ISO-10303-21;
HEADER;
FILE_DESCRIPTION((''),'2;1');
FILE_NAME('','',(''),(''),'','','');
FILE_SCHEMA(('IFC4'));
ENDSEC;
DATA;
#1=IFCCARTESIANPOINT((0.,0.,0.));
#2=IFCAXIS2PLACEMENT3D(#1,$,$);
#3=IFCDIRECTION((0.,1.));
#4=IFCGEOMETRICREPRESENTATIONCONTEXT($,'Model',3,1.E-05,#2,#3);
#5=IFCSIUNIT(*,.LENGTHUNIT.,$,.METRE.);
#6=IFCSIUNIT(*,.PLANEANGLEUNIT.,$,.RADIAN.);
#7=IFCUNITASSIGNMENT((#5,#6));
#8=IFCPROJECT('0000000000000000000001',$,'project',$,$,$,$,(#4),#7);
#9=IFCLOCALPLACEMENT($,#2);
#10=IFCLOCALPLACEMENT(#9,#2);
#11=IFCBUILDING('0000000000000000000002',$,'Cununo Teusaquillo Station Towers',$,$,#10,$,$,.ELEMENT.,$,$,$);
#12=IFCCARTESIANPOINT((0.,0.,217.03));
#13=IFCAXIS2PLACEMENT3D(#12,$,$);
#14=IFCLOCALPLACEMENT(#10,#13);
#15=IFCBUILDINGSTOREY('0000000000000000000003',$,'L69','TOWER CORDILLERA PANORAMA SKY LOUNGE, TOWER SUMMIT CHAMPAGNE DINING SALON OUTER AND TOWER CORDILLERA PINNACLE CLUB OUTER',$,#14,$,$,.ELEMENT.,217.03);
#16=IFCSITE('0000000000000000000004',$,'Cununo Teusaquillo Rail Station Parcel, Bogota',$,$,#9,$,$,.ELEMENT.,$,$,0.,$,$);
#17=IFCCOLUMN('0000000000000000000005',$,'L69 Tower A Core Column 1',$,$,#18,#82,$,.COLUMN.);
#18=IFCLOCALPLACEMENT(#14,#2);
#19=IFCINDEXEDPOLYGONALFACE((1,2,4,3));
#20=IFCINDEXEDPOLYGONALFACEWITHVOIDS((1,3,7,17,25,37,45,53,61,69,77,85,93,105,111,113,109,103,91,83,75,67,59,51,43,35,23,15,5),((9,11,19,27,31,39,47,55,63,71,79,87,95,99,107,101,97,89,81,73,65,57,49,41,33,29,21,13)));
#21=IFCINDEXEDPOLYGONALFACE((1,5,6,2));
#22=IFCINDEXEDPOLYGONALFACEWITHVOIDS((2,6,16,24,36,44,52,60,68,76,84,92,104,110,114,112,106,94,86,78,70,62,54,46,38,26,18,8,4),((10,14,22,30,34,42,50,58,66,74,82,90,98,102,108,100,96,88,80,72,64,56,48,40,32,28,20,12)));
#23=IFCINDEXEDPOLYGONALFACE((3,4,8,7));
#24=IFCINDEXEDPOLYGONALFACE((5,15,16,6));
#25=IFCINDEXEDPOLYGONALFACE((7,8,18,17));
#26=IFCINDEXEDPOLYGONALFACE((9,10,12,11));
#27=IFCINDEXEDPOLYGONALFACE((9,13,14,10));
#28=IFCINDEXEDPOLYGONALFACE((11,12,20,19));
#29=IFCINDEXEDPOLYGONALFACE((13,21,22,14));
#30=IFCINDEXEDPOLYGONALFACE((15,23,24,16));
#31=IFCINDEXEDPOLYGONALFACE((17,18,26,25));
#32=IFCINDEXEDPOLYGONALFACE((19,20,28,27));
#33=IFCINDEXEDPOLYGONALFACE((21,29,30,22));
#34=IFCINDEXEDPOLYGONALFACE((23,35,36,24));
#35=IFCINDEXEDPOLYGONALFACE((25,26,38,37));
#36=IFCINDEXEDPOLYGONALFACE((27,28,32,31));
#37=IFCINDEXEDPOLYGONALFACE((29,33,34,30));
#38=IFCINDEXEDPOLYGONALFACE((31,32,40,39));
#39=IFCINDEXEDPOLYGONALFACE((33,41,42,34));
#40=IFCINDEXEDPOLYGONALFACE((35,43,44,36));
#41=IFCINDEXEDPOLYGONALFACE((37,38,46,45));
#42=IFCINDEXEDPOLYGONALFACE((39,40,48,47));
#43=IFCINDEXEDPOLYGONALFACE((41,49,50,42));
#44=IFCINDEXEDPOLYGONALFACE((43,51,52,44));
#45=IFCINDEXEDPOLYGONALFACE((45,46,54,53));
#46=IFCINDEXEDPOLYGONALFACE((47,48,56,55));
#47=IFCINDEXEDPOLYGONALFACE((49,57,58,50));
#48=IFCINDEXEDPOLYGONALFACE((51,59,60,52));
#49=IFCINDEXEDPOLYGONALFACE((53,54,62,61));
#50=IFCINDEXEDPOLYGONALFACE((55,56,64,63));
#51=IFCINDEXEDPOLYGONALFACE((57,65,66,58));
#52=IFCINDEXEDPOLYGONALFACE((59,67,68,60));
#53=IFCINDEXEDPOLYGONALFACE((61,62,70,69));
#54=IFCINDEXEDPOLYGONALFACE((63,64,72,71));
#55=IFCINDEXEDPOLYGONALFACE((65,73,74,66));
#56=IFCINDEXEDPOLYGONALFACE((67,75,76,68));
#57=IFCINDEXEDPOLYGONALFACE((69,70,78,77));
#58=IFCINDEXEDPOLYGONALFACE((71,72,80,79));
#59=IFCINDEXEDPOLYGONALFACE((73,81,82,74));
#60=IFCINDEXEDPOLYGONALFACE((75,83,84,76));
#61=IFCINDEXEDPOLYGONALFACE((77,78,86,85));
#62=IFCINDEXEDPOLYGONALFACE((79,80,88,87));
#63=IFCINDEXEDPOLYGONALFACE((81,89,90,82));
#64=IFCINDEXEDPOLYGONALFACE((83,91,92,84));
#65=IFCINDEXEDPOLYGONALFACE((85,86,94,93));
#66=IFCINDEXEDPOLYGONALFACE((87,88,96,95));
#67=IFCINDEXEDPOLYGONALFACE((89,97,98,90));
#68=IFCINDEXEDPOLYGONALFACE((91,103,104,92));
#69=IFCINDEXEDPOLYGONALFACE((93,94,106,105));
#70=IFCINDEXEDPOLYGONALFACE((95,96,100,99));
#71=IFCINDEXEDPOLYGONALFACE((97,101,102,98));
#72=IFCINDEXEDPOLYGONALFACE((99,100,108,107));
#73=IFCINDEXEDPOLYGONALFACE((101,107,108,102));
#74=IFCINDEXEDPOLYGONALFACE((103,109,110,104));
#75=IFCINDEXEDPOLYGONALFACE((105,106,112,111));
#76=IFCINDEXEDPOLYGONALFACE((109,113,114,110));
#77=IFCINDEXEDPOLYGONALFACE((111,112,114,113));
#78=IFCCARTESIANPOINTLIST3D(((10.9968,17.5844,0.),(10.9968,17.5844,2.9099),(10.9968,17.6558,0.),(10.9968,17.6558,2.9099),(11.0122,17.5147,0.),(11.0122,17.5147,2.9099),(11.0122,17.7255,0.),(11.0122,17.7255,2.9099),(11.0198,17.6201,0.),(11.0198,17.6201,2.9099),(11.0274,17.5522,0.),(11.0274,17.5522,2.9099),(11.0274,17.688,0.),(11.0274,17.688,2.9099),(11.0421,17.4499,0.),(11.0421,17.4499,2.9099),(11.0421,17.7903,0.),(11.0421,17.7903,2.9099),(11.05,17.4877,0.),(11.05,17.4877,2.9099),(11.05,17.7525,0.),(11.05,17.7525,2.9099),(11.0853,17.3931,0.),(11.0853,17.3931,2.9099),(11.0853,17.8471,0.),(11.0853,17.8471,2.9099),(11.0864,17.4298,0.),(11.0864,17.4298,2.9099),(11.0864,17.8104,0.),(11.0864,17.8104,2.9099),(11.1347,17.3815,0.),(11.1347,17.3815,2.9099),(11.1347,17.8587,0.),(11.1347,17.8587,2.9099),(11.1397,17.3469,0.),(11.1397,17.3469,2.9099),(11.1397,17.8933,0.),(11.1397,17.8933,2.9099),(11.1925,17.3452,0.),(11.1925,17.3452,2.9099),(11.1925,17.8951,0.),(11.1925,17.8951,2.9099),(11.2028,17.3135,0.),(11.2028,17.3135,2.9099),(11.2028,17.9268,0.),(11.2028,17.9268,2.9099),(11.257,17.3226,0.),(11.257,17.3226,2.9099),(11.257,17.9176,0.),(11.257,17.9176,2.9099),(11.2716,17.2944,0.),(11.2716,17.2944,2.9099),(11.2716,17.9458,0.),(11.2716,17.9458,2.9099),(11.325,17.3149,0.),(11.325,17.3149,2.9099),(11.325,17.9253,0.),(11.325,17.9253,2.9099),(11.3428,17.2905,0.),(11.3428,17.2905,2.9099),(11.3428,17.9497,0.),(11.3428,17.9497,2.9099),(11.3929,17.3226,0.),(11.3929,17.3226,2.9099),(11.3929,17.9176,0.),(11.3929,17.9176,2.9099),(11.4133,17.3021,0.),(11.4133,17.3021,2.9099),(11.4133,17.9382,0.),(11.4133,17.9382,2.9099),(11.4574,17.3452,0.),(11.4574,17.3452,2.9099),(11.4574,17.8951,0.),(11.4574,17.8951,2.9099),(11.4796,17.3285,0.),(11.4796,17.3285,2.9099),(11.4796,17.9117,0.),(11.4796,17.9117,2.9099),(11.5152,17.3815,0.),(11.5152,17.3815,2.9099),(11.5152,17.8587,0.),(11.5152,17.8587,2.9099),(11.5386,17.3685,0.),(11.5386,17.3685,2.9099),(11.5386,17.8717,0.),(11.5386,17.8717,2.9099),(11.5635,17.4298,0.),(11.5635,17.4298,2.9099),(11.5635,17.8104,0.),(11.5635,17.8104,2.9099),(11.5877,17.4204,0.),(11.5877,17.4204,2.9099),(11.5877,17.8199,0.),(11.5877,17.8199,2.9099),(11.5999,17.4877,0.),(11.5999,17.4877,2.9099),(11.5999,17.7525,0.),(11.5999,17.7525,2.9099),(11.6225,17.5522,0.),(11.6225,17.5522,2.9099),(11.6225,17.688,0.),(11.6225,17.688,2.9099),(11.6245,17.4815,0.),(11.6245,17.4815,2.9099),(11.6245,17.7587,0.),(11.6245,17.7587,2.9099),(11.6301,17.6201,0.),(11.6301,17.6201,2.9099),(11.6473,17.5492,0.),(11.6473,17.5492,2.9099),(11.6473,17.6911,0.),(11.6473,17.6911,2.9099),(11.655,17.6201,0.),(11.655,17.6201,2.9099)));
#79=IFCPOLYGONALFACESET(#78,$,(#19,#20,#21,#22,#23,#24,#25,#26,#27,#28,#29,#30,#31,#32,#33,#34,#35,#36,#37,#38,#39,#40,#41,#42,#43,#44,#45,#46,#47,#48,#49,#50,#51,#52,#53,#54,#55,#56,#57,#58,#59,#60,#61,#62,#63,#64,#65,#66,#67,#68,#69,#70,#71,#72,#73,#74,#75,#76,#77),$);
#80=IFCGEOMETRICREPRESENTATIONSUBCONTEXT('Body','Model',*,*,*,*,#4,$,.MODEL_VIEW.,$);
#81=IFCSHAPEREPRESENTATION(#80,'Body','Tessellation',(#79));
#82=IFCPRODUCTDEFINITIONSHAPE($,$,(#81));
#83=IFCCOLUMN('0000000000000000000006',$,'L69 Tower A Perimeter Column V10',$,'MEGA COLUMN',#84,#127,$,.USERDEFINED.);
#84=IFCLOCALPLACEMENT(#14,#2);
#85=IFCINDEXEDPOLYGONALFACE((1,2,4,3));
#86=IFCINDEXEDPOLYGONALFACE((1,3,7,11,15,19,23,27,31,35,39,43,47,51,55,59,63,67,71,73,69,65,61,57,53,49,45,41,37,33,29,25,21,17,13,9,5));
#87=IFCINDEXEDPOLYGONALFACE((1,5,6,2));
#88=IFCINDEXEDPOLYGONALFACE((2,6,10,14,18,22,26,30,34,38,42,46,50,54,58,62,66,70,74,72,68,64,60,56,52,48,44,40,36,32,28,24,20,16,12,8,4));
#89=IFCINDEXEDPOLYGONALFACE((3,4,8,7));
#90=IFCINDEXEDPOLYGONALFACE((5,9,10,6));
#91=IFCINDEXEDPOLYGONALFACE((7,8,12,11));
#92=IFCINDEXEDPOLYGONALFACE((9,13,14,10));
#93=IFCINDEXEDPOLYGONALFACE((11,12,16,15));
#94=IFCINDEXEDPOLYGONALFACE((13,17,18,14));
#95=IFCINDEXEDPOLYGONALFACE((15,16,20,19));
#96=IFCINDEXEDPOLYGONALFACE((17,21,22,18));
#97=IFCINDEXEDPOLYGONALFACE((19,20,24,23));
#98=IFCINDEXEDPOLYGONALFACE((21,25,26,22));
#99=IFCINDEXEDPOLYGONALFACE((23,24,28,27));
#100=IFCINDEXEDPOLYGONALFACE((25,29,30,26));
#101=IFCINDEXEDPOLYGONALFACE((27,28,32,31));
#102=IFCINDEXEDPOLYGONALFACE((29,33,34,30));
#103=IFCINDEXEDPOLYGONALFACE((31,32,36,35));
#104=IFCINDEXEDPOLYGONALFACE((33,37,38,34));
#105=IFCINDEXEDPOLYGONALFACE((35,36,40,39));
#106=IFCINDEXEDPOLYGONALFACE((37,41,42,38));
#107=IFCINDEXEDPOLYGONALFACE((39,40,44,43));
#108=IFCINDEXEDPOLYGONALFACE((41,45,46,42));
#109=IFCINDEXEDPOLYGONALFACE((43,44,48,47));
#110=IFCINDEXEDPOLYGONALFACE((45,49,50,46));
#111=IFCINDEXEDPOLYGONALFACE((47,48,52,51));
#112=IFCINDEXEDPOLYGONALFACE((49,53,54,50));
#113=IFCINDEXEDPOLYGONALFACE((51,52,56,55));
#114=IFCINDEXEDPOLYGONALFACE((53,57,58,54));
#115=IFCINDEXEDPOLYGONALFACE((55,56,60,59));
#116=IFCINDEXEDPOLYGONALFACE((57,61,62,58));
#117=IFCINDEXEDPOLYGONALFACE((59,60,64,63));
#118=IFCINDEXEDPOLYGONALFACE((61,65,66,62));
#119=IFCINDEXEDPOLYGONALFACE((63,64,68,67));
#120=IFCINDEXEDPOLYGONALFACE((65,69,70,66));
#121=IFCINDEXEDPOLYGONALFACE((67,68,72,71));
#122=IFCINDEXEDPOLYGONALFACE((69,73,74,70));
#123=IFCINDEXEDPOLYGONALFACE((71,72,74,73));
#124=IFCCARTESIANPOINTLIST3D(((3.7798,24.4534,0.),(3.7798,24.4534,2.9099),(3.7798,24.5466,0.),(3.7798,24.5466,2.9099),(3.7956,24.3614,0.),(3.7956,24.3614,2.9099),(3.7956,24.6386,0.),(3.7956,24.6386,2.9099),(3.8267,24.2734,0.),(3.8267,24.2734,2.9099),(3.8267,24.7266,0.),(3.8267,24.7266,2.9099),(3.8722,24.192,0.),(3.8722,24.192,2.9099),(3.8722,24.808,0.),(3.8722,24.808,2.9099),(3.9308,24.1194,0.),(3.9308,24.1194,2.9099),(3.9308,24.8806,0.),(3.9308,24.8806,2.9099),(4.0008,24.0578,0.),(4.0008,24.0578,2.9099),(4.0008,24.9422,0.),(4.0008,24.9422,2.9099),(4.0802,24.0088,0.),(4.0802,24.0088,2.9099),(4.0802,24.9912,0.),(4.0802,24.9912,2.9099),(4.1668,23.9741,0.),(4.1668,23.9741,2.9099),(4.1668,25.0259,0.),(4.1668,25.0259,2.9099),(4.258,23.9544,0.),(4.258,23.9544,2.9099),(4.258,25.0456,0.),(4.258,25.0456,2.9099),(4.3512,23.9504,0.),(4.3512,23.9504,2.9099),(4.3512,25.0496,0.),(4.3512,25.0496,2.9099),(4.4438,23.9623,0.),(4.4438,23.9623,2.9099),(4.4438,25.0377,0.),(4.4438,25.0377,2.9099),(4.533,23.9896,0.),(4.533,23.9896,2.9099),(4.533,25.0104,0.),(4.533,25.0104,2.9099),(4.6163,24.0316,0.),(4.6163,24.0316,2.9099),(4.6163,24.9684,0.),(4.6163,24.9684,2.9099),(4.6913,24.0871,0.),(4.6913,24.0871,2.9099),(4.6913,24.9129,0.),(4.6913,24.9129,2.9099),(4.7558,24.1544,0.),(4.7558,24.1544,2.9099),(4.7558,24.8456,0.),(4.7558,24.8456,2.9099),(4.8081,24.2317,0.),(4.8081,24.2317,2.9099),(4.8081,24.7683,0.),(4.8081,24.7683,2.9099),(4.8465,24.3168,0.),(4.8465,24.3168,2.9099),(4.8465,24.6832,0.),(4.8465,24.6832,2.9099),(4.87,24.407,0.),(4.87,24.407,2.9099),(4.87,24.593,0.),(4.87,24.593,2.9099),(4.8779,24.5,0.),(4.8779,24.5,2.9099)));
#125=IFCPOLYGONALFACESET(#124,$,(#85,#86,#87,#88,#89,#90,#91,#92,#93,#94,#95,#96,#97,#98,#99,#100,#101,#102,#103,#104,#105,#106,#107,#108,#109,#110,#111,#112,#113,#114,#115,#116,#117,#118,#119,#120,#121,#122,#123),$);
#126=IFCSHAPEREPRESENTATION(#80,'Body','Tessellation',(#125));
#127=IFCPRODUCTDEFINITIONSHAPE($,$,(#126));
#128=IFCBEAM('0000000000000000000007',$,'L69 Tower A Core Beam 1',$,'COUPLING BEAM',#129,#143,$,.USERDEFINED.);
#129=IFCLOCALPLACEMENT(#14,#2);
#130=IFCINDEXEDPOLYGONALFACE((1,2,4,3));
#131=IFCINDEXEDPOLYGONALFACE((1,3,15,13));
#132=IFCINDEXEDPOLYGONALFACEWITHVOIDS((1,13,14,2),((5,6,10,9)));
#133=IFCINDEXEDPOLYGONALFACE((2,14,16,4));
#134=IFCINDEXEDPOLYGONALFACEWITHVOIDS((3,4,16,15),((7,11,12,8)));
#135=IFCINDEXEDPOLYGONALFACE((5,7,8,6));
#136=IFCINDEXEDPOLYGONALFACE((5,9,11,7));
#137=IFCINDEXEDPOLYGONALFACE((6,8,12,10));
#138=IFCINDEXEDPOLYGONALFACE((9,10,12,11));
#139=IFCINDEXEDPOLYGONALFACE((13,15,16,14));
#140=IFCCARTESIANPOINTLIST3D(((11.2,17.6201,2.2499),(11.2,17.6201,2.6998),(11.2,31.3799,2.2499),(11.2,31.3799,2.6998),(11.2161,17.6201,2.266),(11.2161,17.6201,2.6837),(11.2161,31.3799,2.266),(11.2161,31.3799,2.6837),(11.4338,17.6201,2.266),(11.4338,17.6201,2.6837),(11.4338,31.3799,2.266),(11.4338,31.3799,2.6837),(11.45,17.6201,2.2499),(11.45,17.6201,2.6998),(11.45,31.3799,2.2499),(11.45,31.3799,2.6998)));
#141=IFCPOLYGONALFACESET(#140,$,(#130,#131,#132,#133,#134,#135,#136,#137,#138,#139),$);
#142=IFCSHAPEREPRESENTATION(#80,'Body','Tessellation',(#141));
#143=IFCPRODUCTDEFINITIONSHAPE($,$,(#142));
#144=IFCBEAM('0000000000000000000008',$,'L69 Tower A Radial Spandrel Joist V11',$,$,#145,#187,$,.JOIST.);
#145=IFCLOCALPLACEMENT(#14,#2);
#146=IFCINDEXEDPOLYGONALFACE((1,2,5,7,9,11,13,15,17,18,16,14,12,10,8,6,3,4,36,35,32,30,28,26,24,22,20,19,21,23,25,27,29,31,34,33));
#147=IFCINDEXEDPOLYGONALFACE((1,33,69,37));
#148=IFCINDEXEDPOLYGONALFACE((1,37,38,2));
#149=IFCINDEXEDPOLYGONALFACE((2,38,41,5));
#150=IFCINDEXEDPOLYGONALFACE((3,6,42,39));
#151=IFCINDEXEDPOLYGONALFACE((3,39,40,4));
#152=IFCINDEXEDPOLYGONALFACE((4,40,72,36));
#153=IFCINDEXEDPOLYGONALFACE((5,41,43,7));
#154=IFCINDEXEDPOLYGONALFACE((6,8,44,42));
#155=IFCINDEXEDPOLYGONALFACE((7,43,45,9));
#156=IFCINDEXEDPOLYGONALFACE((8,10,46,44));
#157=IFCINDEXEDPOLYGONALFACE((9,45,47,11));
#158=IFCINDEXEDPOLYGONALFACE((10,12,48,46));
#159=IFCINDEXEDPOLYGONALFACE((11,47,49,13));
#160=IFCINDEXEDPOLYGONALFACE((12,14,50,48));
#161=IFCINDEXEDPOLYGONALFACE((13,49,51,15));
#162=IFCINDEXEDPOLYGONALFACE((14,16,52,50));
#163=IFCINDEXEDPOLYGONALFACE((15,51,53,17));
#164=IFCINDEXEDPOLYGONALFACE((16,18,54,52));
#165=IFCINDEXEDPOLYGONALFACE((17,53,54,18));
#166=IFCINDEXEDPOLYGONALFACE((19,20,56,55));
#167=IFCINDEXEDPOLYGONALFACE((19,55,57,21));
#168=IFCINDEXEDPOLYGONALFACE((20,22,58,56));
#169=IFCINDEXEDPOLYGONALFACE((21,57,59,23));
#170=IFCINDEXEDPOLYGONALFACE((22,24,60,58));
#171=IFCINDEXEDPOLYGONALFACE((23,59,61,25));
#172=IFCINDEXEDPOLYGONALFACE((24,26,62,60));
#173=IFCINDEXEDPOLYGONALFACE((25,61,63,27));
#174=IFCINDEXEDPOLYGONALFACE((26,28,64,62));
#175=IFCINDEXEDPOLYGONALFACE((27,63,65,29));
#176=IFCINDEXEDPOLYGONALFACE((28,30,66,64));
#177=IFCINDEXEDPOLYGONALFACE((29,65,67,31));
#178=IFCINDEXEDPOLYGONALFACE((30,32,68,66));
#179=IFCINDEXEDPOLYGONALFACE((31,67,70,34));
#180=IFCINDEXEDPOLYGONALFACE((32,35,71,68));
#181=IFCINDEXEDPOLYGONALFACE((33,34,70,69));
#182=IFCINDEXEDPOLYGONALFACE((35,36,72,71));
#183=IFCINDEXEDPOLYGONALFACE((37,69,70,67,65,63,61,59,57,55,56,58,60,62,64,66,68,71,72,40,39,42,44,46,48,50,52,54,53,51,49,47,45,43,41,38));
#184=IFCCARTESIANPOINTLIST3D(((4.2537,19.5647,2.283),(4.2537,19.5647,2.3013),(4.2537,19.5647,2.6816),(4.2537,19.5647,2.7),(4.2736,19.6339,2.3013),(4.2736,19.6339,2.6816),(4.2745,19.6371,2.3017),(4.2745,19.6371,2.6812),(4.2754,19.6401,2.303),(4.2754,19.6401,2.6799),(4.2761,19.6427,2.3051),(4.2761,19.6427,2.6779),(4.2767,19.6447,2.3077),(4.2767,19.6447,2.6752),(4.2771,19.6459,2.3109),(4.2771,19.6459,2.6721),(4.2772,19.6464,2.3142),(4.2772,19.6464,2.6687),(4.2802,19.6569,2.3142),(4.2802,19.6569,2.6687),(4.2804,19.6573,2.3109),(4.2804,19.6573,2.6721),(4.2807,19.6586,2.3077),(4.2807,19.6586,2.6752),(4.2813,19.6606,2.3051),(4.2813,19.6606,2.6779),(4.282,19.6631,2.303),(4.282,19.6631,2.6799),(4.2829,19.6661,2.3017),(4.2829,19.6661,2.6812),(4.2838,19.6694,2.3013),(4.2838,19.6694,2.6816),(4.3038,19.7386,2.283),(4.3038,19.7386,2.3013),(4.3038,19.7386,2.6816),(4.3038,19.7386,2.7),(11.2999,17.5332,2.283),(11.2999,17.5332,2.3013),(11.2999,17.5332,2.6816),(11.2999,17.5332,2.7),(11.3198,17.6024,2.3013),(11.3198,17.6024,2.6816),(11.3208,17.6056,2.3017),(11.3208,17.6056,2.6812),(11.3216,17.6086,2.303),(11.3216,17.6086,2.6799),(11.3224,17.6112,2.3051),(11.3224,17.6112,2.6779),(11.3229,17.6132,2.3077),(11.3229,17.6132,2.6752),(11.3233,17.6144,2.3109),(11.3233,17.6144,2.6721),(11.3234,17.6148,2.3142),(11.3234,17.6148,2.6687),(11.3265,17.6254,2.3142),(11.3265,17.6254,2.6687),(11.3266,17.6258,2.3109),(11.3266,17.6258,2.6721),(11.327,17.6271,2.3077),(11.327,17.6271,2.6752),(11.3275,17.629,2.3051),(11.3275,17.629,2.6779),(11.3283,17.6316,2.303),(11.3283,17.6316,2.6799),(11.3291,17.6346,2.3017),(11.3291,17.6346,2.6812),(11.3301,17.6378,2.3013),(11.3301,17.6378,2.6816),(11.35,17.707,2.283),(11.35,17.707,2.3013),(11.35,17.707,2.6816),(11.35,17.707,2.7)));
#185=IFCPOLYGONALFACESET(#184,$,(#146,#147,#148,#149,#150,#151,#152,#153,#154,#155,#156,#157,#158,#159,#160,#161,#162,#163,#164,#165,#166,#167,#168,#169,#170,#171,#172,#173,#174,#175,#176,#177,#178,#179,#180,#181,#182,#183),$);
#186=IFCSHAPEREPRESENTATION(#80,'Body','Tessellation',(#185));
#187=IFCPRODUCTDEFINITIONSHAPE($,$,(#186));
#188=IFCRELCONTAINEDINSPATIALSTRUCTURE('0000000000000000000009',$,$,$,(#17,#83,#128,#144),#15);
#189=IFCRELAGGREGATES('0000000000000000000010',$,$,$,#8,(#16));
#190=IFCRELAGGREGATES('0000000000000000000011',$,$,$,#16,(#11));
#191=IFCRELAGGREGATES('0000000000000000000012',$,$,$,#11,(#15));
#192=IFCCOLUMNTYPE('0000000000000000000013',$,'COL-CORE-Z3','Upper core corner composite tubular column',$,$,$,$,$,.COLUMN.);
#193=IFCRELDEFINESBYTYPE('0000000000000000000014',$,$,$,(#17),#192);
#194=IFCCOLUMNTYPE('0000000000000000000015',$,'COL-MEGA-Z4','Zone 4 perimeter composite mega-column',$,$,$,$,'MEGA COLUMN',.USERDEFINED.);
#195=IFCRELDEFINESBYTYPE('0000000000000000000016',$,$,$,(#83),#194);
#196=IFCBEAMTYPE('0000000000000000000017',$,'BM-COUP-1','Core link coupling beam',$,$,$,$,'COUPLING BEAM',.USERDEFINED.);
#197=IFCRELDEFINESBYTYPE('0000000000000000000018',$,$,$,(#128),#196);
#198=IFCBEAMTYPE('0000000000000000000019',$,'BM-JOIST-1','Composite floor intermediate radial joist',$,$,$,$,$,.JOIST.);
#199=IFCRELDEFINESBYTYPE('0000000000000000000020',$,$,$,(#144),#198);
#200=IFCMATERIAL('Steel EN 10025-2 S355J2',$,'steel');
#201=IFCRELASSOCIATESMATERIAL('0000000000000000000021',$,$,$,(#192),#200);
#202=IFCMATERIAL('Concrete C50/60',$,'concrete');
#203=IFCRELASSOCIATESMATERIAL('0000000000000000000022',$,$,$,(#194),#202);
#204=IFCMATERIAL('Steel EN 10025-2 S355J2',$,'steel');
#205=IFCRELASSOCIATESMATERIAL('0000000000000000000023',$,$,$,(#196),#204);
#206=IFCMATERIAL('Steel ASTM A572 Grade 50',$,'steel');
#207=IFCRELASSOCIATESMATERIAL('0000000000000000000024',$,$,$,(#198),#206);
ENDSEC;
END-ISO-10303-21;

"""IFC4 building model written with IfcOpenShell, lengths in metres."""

from ifc_helpers import new_model, si_unit, direction, frame, origin, origin_2d, place, context, subcontext, project, spatial, hollow_rectangle, circle, hollow_circle, i_section, extrude, material, material_profile, profile_set, type_object, element, save


model = new_model("IFC4")

# Units and contexts
model_context = context("Model", 3, precision=1e-05, world=origin(), true_north=direction((0.0, 1.0)))
body_context = subcontext(model_context, "Body", "Model", "MODEL_VIEW")
ifc_project = project(units=[si_unit("LENGTHUNIT", "METRE"), si_unit("PLANEANGLEUNIT", "RADIAN")], contexts=[model_context])

# Site, building, storey
site_placement = place(None, origin())
site = spatial("IfcSite", under=ifc_project, at=site_placement, Name="Cununo Teusaquillo Rail Station Parcel, Bogota", CompositionType="ELEMENT", RefElevation=0.0)
building_placement = place(site_placement, origin())
building = spatial("IfcBuilding", under=site, at=building_placement, Name="Cununo Teusaquillo Station Towers", CompositionType="ELEMENT")
storey_placement = place(building_placement, frame((0.0, 0.0, 217.03)))
storey = spatial("IfcBuildingStorey", under=building, at=storey_placement, Name="L69", Description="TOWER CORDILLERA PANORAMA SKY LOUNGE, TOWER SUMMIT CHAMPAGNE DINING SALON OUTER AND TOWER CORDILLERA PINNACLE CLUB OUTER", CompositionType="ELEMENT", Elevation=217.03)

# Columns
ifc_material_1 = material(Name="Steel EN 10025-2 S355J2", Category="steel")
ifc_material_profile_1 = material_profile(ifc_material_1, hollow_circle(Radius=0.3301, WallThickness=0.0249, at=origin_2d()), Name="CHS 660x25")
ifc_profile_set_1 = profile_set([ifc_material_profile_1], Name="Steel EN 10025-2 S355J2")
column_type_1 = type_object("IfcColumnType", Name="COL-CORE-Z3", Description="Upper core corner composite tubular column", PredefinedType="COLUMN", material=ifc_profile_set_1)
column_1_placement = place(storey_placement, frame((11.325, 17.6201, 0.0), z_axis=(0.0, 0.0, 1.0), x_axis=(1.0, 0.0, 0.0)))
element("IfcColumn", 1, at=column_1_placement, inside=storey, type_object=column_type_1, Name="L69 Tower A Core Column 1", PredefinedType="COLUMN", context=body_context, shape_type="SweptSolid", body=[
    extrude(hollow_circle(Radius=0.3301, WallThickness=0.0249, at=origin_2d()), origin(), (0.0, 0.0, 1.0), 2.9099),
])
ifc_material_2 = material(Name="Concrete C50/60", Category="concrete")
ifc_material_profile_2 = material_profile(ifc_material_2, circle(Radius=0.55, at=origin_2d()), Name="RC-CIRC-1100")
ifc_profile_set_2 = profile_set([ifc_material_profile_2], Name="Concrete C50/60")
column_type_2 = type_object("IfcColumnType", Name="COL-MEGA-Z4", Description="Zone 4 perimeter composite mega-column", ElementType="MEGA COLUMN", PredefinedType="USERDEFINED", material=ifc_profile_set_2)
column_2_placement = place(storey_placement, frame((4.3279, 24.5, 0.0), z_axis=(0.0, 0.0, 1.0), x_axis=(1.0, 0.0, 0.0)))
element("IfcColumn", 2, at=column_2_placement, inside=storey, type_object=column_type_2, Name="L69 Tower A Perimeter Column V10", ObjectType="MEGA COLUMN", PredefinedType="USERDEFINED", context=body_context, shape_type="SweptSolid", body=[
    extrude(circle(Radius=0.55, at=origin_2d()), origin(), (0.0, 0.0, 1.0), 2.9099),
])

# Beams
ifc_material_3 = material(Name="Steel EN 10025-2 S355J2", Category="steel")
ifc_material_profile_3 = material_profile(ifc_material_3, hollow_rectangle(XDim=0.25, YDim=0.45, WallThickness=0.0161, at=origin_2d()), Name="RHS 450x250x16")
ifc_profile_set_3 = profile_set([ifc_material_profile_3], Name="Steel EN 10025-2 S355J2")
beam_type_1 = type_object("IfcBeamType", Name="BM-COUP-1", Description="Core link coupling beam", ElementType="COUPLING BEAM", PredefinedType="USERDEFINED", material=ifc_profile_set_3)
beam_1_placement = place(storey_placement, frame((11.325, 17.6201, 2.4749), z_axis=(0.0, 1.0, 0.0), x_axis=(-1.0, 0.0, 0.0)))
element("IfcBeam", 3, at=beam_1_placement, inside=storey, type_object=beam_type_1, Name="L69 Tower A Core Beam 1", ObjectType="COUPLING BEAM", PredefinedType="USERDEFINED", context=body_context, shape_type="SweptSolid", body=[
    extrude(hollow_rectangle(XDim=0.25, YDim=0.45, WallThickness=0.0161, at=origin_2d()), origin(), (0.0, 0.0, 1.0), 13.7598),
])
ifc_material_4 = material(Name="Steel ASTM A572 Grade 50", Category="steel")
ifc_material_profile_4 = material_profile(ifc_material_4, i_section(OverallWidth=0.1809, OverallDepth=0.417, WebThickness=0.011, FlangeThickness=0.0183, FilletRadius=0.0129, at=origin_2d()), Name="W16X57")
ifc_profile_set_4 = profile_set([ifc_material_profile_4], Name="Steel ASTM A572 Grade 50")
beam_type_2 = type_object("IfcBeamType", Name="BM-JOIST-1", Description="Composite floor intermediate radial joist", PredefinedType="JOIST", material=ifc_profile_set_4)
beam_2_placement = place(storey_placement, frame((11.325, 17.6201, 2.4915), z_axis=(-0.960862, 0.277029, 0.0), x_axis=(-0.277029, -0.960862, 0.0)))
element("IfcBeam", 4, at=beam_2_placement, inside=storey, type_object=beam_type_2, Name="L69 Tower A Radial Spandrel Joist V11", PredefinedType="JOIST", context=body_context, shape_type="SweptSolid", body=[
    extrude(i_section(OverallWidth=0.1809, OverallDepth=0.417, WebThickness=0.011, FlangeThickness=0.0183, FilletRadius=0.0129, at=origin_2d()), origin(), (0.0, 0.0, 1.0), 7.3333),
])

save(model, "model.ifc")
